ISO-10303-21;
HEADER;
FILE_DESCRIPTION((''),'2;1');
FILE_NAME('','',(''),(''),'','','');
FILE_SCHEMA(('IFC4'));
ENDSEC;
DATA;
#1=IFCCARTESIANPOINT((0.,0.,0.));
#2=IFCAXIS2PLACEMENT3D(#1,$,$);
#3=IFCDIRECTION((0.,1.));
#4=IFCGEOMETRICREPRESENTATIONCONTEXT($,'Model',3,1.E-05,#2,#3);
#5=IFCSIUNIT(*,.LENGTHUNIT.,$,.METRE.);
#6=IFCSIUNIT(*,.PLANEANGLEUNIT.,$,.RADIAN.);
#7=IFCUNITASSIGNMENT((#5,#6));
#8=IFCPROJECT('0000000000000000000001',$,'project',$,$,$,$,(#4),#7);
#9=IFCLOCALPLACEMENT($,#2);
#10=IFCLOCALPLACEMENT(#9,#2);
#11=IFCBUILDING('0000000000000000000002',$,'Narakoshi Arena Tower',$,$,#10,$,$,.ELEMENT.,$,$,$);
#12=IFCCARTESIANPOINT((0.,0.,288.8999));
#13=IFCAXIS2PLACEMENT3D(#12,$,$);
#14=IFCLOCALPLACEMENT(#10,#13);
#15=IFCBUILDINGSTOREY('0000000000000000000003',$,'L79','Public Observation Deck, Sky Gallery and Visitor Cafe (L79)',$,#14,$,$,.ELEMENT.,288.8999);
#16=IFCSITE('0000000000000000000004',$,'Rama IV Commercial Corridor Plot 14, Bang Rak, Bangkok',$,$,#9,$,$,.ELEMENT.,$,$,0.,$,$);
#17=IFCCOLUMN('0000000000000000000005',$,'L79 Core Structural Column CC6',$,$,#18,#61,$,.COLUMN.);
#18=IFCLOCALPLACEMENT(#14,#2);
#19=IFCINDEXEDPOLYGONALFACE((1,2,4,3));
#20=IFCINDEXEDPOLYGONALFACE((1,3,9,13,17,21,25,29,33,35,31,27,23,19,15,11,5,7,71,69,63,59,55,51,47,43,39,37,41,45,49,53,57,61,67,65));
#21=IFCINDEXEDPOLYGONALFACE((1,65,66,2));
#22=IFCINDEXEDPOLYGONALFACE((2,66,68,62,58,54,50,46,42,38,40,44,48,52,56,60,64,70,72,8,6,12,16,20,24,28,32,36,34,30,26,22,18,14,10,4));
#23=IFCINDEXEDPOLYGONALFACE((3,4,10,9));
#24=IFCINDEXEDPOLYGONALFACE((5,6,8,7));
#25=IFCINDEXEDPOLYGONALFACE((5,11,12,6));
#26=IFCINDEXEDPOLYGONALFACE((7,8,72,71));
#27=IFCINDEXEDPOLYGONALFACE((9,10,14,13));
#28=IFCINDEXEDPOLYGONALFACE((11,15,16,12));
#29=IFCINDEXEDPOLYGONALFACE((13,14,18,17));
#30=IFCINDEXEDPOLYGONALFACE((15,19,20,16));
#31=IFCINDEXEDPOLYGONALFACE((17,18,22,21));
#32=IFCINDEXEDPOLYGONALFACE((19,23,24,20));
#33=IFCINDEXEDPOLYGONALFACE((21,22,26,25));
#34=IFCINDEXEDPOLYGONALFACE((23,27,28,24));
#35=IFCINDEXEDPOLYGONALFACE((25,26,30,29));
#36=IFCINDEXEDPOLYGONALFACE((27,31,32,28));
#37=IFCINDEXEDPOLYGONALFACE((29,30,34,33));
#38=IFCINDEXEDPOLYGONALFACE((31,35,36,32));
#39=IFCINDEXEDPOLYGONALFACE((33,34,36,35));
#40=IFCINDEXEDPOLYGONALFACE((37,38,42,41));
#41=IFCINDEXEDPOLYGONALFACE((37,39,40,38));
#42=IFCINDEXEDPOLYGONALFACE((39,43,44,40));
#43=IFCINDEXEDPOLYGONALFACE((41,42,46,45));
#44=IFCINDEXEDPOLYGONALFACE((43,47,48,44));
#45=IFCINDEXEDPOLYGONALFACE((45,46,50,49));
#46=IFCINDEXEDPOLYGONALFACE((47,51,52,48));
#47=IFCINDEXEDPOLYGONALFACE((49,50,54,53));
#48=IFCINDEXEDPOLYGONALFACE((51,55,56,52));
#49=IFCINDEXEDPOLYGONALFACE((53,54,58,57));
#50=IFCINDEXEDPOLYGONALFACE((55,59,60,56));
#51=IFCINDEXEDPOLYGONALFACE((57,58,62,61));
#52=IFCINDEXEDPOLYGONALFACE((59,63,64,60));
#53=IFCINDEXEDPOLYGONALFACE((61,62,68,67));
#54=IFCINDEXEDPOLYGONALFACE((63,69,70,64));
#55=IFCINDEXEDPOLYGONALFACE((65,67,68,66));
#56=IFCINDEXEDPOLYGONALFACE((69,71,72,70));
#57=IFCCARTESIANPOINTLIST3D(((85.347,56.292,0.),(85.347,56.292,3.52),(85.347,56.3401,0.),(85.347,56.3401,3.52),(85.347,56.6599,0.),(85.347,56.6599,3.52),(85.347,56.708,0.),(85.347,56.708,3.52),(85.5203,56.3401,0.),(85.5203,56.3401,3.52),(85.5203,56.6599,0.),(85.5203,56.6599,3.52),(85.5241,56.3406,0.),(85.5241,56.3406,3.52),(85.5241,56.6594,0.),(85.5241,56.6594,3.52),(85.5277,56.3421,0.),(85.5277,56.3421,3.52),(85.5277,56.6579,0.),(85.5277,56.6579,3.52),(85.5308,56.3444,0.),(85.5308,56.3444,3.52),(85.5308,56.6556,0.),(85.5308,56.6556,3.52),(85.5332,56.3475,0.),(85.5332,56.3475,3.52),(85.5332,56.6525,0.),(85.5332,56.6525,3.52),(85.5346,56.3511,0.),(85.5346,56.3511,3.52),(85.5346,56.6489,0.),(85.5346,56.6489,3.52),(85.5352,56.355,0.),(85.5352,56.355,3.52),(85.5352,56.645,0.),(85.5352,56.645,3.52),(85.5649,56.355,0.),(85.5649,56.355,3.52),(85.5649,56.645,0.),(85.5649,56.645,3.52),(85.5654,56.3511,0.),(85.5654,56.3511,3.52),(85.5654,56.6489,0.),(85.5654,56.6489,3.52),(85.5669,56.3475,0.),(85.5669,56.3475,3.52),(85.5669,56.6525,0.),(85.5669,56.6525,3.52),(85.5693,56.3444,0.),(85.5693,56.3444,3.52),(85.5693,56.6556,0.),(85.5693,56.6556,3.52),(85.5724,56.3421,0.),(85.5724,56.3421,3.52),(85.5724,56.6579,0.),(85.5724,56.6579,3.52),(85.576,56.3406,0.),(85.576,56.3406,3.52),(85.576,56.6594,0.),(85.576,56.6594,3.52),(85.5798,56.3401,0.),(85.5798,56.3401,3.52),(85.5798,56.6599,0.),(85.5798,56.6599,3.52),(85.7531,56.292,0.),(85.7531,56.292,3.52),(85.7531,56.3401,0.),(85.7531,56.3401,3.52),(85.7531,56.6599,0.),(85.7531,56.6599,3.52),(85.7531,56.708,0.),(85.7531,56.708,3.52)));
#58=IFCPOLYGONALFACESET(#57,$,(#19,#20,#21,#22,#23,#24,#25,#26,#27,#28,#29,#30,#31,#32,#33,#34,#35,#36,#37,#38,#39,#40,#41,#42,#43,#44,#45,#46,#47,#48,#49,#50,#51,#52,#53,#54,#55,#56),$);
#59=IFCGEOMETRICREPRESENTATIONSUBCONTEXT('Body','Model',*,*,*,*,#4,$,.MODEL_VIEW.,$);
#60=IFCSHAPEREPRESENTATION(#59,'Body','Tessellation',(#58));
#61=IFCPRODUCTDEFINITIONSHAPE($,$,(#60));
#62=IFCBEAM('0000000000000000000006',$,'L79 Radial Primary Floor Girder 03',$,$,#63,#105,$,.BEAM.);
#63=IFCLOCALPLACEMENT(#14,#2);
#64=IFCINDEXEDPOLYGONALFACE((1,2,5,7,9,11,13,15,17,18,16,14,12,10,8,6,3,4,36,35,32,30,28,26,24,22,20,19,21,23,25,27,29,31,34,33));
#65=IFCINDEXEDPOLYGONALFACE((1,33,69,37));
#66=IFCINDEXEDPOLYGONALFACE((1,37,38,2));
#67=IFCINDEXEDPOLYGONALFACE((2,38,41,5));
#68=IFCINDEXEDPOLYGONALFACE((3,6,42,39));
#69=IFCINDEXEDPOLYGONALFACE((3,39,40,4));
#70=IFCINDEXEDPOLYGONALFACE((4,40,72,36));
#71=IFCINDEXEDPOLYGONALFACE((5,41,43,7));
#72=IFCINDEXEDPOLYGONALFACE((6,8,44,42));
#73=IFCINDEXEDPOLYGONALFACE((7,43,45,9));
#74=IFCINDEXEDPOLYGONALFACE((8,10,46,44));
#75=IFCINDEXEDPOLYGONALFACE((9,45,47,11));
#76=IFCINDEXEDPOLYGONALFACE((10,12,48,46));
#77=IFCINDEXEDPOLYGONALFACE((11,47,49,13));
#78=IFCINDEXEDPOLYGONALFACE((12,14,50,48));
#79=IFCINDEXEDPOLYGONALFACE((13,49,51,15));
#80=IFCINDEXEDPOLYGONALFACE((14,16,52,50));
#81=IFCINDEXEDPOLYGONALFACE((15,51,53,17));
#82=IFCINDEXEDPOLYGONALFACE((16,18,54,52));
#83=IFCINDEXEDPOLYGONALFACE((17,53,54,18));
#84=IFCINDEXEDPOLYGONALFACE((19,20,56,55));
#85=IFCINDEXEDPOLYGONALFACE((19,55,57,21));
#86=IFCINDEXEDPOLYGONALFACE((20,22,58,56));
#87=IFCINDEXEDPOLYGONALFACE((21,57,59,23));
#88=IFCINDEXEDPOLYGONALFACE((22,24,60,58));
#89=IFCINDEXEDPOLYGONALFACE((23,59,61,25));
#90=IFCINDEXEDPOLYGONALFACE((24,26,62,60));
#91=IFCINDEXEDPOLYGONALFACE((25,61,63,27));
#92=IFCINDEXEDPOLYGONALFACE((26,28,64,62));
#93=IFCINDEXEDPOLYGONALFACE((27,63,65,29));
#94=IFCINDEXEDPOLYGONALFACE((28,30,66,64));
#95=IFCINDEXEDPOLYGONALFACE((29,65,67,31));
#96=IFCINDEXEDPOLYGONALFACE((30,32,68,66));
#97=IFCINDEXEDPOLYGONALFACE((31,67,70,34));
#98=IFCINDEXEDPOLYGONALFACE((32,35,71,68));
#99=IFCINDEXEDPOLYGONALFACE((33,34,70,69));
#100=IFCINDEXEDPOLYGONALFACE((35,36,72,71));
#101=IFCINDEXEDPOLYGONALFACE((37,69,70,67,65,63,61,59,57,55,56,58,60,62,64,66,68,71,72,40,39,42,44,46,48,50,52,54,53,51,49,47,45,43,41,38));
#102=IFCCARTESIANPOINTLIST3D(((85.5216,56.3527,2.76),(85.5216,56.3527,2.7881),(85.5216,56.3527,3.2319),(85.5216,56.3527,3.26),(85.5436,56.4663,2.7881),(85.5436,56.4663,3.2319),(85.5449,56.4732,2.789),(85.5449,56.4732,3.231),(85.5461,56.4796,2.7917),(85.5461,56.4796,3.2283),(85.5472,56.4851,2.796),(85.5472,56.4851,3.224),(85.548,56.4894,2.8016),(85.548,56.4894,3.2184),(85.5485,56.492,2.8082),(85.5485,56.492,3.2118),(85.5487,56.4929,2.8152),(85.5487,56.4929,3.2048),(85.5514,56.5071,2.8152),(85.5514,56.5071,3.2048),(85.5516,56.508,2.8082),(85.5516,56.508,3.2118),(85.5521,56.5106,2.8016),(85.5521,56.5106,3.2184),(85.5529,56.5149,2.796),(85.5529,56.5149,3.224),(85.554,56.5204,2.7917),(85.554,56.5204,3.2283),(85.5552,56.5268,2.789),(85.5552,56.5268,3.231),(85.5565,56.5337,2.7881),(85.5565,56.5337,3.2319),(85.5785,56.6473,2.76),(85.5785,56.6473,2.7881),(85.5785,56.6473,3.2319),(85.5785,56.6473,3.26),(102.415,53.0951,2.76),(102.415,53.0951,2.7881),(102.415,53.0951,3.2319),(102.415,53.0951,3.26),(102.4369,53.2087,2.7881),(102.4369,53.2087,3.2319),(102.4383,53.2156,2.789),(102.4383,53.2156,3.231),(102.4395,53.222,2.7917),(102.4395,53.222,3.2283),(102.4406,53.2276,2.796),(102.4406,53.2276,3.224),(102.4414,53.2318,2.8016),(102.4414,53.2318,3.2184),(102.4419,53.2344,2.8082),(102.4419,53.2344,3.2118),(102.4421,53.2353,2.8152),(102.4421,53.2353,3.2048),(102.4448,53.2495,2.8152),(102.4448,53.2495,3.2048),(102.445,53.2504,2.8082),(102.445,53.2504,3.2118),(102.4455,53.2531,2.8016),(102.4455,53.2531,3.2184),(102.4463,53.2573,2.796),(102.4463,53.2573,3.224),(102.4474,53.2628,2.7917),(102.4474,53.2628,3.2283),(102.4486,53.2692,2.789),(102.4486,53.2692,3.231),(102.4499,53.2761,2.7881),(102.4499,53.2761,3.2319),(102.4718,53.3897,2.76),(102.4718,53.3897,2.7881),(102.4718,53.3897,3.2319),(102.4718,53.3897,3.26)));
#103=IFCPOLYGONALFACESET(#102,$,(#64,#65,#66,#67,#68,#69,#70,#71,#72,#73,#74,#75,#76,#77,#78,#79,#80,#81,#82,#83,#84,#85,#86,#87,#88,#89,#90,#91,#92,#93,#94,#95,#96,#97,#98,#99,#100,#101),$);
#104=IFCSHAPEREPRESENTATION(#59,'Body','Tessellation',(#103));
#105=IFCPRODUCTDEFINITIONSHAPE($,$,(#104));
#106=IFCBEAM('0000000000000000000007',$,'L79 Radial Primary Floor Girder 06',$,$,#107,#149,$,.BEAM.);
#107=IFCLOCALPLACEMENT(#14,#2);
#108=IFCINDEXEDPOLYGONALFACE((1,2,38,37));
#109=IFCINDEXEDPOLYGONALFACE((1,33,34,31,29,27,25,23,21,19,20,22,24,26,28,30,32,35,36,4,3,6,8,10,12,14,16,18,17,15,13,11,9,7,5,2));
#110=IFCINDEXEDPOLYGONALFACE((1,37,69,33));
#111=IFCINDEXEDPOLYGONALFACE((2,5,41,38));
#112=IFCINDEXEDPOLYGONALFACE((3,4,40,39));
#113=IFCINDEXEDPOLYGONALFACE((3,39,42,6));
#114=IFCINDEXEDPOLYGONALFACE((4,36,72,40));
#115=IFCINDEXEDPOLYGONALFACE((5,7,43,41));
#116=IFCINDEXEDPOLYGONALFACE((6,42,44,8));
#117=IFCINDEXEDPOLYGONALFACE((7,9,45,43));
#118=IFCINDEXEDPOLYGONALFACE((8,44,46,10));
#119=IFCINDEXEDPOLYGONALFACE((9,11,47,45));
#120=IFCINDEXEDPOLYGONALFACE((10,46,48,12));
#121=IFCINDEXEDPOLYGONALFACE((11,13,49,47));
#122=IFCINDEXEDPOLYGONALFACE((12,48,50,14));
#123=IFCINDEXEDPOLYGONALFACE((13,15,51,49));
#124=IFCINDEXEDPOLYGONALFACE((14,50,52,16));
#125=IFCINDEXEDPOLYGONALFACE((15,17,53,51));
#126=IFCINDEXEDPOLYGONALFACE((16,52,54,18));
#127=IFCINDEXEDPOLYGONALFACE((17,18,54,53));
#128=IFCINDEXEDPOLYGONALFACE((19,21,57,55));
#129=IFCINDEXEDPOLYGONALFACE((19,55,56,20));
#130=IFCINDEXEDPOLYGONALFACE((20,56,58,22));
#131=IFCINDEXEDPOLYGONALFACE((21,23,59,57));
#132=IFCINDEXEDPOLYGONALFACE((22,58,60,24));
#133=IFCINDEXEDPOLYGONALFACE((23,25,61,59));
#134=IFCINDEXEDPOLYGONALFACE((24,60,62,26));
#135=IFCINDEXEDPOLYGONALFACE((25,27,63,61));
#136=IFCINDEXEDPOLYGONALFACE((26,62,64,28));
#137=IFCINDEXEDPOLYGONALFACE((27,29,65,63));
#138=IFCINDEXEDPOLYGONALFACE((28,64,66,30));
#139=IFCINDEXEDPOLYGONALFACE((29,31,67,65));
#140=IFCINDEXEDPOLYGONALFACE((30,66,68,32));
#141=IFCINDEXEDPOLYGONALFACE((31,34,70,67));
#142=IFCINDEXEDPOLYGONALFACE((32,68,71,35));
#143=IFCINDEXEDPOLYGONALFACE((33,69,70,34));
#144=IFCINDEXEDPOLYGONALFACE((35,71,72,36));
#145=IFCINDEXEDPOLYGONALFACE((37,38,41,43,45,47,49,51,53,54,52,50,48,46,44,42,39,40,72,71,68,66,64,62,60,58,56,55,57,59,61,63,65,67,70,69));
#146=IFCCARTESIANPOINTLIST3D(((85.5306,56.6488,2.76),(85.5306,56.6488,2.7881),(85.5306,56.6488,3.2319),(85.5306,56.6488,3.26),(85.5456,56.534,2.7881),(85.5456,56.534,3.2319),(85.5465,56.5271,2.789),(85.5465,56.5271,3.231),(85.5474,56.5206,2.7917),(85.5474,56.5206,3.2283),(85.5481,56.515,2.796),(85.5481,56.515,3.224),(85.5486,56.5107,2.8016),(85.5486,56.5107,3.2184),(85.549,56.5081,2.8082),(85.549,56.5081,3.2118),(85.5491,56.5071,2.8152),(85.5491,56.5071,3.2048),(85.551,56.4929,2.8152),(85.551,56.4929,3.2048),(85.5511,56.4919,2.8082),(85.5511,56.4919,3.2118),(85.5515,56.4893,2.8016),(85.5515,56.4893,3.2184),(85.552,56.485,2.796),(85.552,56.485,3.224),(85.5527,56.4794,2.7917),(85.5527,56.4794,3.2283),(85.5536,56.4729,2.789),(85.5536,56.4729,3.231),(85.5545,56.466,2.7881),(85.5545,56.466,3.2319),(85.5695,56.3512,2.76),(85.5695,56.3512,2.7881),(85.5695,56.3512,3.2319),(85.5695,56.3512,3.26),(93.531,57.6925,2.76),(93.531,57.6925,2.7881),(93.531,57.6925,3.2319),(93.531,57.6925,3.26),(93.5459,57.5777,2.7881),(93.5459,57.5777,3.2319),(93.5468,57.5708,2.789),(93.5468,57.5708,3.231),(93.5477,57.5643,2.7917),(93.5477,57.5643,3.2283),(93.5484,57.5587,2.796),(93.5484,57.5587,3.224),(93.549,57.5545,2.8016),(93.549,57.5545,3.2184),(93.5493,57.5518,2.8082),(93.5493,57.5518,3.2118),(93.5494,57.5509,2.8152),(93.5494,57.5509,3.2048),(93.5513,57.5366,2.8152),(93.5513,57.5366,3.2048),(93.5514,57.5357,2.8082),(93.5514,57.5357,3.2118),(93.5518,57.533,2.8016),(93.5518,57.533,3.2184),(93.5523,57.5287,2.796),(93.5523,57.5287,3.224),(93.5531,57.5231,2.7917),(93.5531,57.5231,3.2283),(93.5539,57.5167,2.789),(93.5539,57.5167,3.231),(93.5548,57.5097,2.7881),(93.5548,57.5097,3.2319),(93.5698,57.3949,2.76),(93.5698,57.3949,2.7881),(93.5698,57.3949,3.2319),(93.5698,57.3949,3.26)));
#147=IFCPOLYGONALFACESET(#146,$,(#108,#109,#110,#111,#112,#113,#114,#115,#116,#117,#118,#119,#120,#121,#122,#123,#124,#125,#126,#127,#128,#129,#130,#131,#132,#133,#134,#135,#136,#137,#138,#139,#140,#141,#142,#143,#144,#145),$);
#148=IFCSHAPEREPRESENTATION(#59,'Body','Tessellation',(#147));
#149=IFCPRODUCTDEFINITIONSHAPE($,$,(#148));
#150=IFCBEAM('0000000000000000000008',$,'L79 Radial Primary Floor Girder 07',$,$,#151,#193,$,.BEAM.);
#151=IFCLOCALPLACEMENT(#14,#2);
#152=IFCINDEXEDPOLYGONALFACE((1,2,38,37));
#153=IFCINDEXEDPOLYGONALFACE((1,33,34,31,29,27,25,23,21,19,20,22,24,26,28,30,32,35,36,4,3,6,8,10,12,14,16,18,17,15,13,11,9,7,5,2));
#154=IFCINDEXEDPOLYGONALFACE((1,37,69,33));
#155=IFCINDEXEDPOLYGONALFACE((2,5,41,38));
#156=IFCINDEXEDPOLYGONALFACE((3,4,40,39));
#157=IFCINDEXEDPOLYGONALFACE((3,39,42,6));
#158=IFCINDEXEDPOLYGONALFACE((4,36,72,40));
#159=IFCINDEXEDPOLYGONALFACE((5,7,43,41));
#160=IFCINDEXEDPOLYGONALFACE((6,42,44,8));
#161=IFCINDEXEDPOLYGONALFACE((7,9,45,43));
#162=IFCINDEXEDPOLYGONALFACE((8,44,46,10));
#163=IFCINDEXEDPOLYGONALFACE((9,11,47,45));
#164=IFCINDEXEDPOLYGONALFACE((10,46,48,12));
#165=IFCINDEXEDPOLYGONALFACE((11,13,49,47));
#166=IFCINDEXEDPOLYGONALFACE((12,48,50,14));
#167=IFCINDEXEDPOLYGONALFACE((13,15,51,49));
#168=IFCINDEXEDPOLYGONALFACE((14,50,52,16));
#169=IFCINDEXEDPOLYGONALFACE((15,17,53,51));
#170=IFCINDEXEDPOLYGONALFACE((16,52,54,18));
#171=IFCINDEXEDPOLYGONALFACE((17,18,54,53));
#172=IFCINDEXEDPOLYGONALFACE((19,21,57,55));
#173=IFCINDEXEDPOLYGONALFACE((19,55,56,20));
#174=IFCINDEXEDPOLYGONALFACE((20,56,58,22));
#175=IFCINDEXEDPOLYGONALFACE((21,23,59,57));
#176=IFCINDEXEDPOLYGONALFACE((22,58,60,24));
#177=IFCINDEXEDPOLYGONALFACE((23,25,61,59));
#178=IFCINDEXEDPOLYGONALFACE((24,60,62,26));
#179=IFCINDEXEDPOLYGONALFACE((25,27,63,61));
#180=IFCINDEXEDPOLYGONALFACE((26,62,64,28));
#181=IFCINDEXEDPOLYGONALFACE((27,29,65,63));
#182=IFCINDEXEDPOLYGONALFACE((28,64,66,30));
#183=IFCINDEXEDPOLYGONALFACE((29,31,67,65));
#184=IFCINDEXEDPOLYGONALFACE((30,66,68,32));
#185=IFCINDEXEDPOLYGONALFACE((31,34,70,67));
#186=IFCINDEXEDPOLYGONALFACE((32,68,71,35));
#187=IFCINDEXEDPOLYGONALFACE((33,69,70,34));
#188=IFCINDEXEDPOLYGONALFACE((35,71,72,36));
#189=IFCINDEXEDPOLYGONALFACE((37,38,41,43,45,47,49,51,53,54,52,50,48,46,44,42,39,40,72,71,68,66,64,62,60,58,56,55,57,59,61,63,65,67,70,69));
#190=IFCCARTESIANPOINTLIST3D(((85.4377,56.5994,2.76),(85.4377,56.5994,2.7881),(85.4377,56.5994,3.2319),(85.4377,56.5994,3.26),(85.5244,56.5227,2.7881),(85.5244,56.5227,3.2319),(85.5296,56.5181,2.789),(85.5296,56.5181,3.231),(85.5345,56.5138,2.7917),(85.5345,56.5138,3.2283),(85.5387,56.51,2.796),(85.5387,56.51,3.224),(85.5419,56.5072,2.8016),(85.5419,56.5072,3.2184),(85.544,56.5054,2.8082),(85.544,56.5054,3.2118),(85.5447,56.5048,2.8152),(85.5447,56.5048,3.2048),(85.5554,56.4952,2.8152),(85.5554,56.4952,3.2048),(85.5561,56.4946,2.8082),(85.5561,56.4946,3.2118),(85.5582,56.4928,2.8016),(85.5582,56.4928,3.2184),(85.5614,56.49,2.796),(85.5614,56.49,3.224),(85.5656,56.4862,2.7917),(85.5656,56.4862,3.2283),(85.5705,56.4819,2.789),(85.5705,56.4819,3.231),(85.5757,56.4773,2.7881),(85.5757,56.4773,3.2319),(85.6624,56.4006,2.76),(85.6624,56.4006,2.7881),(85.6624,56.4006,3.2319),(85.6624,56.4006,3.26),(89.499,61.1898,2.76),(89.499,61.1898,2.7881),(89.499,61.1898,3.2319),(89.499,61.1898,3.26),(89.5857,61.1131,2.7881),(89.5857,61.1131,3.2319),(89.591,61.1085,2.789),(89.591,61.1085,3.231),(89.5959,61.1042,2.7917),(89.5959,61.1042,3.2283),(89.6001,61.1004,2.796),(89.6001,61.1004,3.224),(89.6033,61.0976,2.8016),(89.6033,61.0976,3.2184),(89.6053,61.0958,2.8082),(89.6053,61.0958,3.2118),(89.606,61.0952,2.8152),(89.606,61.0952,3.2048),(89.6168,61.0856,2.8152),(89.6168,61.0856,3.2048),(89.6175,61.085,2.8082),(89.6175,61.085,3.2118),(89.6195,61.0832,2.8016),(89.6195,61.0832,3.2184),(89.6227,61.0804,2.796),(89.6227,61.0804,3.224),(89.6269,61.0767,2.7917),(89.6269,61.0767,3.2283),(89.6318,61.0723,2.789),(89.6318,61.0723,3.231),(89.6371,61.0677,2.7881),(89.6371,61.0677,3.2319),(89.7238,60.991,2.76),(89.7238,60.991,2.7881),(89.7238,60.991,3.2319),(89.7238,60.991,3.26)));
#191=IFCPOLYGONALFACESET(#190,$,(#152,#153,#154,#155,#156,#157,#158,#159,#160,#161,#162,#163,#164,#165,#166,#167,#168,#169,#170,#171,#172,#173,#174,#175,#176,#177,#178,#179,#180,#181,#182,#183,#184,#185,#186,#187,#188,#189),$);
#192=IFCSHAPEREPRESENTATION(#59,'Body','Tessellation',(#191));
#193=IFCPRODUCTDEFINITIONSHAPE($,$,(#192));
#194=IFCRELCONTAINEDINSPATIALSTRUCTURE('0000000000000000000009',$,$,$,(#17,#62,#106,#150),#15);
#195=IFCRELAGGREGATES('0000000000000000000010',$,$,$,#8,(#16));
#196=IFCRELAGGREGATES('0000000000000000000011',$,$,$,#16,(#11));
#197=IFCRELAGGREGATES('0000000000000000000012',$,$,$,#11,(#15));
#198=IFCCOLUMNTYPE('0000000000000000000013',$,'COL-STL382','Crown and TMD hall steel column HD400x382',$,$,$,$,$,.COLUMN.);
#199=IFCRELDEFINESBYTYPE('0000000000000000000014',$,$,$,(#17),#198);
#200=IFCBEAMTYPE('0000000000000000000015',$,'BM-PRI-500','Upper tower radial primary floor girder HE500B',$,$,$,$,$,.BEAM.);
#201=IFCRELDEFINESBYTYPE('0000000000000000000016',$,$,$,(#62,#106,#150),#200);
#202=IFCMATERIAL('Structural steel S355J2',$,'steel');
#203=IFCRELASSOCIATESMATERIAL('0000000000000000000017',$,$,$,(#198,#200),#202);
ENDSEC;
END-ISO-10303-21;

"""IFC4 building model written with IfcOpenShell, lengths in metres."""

from ifc_helpers import new_model, si_unit, direction, frame, origin, origin_2d, place, context, subcontext, project, spatial, i_section, extrude, material, material_profile, profile_set, type_object, element, save


model = new_model("IFC4")

# Units and contexts
model_context = context("Model", 3, precision=1e-05, world=origin(), true_north=direction((0.0, 1.0)))
body_context = subcontext(model_context, "Body", "Model", "MODEL_VIEW")
ifc_project = project(units=[si_unit("LENGTHUNIT", "METRE"), si_unit("PLANEANGLEUNIT", "RADIAN")], contexts=[model_context])

# Site, building, storey
site_placement = place(None, origin())
site = spatial("IfcSite", under=ifc_project, at=site_placement, Name="Rama IV Commercial Corridor Plot 14, Bang Rak, Bangkok", CompositionType="ELEMENT", RefElevation=0.0)
building_placement = place(site_placement, origin())
building = spatial("IfcBuilding", under=site, at=building_placement, Name="Narakoshi Arena Tower", CompositionType="ELEMENT")
storey_placement = place(building_placement, frame((0.0, 0.0, 288.8999)))
storey = spatial("IfcBuildingStorey", under=building, at=storey_placement, Name="L79", Description="Public Observation Deck, Sky Gallery and Visitor Cafe (L79)", CompositionType="ELEMENT", Elevation=288.8999)

# Column
ifc_material_1 = material(Name="Structural steel S355J2", Category="steel")
ifc_material_profile_1 = material_profile(ifc_material_1, i_section(OverallWidth=0.406, OverallDepth=0.416, WebThickness=0.0298, FlangeThickness=0.0481, FilletRadius=0.0149, at=origin_2d()), Name="HD400x382")
ifc_profile_set_1 = profile_set([ifc_material_profile_1], Name="Structural steel S355J2")
column_type = type_object("IfcColumnType", Name="COL-STL382", Description="Crown and TMD hall steel column HD400x382", PredefinedType="COLUMN", material=ifc_profile_set_1)
column_placement = place(storey_placement, frame((85.55, 56.5, 0.0), z_axis=(0.0, 0.0, 1.0), x_axis=(1.0, 0.0, 0.0)))
element("IfcColumn", 1, at=column_placement, inside=storey, type_object=column_type, Name="L79 Core Structural Column CC6", PredefinedType="COLUMN", context=body_context, shape_type="SweptSolid", body=[
    extrude(i_section(OverallWidth=0.406, OverallDepth=0.416, WebThickness=0.0298, FlangeThickness=0.0481, FilletRadius=0.0149, at=origin_2d()), origin(), (0.0, 0.0, 1.0), 3.52),
])

# Beams
ifc_material_profile_2 = material_profile(ifc_material_1, i_section(OverallWidth=0.3, OverallDepth=0.5, WebThickness=0.0144, FlangeThickness=0.0281, FilletRadius=0.0271, at=origin_2d()), Name="HE500B")
ifc_profile_set_2 = profile_set([ifc_material_profile_2], Name="Structural steel S355J2")
beam_type = type_object("IfcBeamType", Name="BM-PRI-500", Description="Upper tower radial primary floor girder HE500B", PredefinedType="BEAM", material=ifc_profile_set_2)
beam_1_placement = place(storey_placement, frame((85.55, 56.5, 3.01), z_axis=(0.981911, -0.189344, 0.0), x_axis=(0.189344, 0.981911, 0.0)))
element("IfcBeam", 2, at=beam_1_placement, inside=storey, type_object=beam_type, Name="L79 Radial Primary Floor Girder 03", PredefinedType="BEAM", context=body_context, shape_type="SweptSolid", body=[
    extrude(i_section(OverallWidth=0.3, OverallDepth=0.5, WebThickness=0.0144, FlangeThickness=0.0281, FilletRadius=0.0271, at=origin_2d()), origin(), (0.0, 0.0, 1.0), 17.2046),
])
beam_2_placement = place(storey_placement, frame((85.55, 56.5, 3.01), z_axis=(0.991597, 0.129362, 0.0), x_axis=(-0.129362, 0.991597, 0.0)))
element("IfcBeam", 3, at=beam_2_placement, inside=storey, type_object=beam_type, Name="L79 Radial Primary Floor Girder 06", PredefinedType="BEAM", context=body_context, shape_type="SweptSolid", body=[
    extrude(i_section(OverallWidth=0.3, OverallDepth=0.5, WebThickness=0.0144, FlangeThickness=0.0281, FilletRadius=0.0271, at=origin_2d()), origin(), (0.0, 0.0, 1.0), 8.0681),
])
beam_3_placement = place(storey_placement, frame((85.55, 56.5, 3.01), z_axis=(0.662629, 0.748948, 0.0), x_axis=(-0.748948, 0.662629, 0.0)))
element("IfcBeam", 4, at=beam_3_placement, inside=storey, type_object=beam_type, Name="L79 Radial Primary Floor Girder 07", PredefinedType="BEAM", context=body_context, shape_type="SweptSolid", body=[
    extrude(i_section(OverallWidth=0.3, OverallDepth=0.5, WebThickness=0.0144, FlangeThickness=0.0281, FilletRadius=0.0271, at=origin_2d()), origin(), (0.0, 0.0, 1.0), 6.1292),
])

save(model, "model.ifc")
